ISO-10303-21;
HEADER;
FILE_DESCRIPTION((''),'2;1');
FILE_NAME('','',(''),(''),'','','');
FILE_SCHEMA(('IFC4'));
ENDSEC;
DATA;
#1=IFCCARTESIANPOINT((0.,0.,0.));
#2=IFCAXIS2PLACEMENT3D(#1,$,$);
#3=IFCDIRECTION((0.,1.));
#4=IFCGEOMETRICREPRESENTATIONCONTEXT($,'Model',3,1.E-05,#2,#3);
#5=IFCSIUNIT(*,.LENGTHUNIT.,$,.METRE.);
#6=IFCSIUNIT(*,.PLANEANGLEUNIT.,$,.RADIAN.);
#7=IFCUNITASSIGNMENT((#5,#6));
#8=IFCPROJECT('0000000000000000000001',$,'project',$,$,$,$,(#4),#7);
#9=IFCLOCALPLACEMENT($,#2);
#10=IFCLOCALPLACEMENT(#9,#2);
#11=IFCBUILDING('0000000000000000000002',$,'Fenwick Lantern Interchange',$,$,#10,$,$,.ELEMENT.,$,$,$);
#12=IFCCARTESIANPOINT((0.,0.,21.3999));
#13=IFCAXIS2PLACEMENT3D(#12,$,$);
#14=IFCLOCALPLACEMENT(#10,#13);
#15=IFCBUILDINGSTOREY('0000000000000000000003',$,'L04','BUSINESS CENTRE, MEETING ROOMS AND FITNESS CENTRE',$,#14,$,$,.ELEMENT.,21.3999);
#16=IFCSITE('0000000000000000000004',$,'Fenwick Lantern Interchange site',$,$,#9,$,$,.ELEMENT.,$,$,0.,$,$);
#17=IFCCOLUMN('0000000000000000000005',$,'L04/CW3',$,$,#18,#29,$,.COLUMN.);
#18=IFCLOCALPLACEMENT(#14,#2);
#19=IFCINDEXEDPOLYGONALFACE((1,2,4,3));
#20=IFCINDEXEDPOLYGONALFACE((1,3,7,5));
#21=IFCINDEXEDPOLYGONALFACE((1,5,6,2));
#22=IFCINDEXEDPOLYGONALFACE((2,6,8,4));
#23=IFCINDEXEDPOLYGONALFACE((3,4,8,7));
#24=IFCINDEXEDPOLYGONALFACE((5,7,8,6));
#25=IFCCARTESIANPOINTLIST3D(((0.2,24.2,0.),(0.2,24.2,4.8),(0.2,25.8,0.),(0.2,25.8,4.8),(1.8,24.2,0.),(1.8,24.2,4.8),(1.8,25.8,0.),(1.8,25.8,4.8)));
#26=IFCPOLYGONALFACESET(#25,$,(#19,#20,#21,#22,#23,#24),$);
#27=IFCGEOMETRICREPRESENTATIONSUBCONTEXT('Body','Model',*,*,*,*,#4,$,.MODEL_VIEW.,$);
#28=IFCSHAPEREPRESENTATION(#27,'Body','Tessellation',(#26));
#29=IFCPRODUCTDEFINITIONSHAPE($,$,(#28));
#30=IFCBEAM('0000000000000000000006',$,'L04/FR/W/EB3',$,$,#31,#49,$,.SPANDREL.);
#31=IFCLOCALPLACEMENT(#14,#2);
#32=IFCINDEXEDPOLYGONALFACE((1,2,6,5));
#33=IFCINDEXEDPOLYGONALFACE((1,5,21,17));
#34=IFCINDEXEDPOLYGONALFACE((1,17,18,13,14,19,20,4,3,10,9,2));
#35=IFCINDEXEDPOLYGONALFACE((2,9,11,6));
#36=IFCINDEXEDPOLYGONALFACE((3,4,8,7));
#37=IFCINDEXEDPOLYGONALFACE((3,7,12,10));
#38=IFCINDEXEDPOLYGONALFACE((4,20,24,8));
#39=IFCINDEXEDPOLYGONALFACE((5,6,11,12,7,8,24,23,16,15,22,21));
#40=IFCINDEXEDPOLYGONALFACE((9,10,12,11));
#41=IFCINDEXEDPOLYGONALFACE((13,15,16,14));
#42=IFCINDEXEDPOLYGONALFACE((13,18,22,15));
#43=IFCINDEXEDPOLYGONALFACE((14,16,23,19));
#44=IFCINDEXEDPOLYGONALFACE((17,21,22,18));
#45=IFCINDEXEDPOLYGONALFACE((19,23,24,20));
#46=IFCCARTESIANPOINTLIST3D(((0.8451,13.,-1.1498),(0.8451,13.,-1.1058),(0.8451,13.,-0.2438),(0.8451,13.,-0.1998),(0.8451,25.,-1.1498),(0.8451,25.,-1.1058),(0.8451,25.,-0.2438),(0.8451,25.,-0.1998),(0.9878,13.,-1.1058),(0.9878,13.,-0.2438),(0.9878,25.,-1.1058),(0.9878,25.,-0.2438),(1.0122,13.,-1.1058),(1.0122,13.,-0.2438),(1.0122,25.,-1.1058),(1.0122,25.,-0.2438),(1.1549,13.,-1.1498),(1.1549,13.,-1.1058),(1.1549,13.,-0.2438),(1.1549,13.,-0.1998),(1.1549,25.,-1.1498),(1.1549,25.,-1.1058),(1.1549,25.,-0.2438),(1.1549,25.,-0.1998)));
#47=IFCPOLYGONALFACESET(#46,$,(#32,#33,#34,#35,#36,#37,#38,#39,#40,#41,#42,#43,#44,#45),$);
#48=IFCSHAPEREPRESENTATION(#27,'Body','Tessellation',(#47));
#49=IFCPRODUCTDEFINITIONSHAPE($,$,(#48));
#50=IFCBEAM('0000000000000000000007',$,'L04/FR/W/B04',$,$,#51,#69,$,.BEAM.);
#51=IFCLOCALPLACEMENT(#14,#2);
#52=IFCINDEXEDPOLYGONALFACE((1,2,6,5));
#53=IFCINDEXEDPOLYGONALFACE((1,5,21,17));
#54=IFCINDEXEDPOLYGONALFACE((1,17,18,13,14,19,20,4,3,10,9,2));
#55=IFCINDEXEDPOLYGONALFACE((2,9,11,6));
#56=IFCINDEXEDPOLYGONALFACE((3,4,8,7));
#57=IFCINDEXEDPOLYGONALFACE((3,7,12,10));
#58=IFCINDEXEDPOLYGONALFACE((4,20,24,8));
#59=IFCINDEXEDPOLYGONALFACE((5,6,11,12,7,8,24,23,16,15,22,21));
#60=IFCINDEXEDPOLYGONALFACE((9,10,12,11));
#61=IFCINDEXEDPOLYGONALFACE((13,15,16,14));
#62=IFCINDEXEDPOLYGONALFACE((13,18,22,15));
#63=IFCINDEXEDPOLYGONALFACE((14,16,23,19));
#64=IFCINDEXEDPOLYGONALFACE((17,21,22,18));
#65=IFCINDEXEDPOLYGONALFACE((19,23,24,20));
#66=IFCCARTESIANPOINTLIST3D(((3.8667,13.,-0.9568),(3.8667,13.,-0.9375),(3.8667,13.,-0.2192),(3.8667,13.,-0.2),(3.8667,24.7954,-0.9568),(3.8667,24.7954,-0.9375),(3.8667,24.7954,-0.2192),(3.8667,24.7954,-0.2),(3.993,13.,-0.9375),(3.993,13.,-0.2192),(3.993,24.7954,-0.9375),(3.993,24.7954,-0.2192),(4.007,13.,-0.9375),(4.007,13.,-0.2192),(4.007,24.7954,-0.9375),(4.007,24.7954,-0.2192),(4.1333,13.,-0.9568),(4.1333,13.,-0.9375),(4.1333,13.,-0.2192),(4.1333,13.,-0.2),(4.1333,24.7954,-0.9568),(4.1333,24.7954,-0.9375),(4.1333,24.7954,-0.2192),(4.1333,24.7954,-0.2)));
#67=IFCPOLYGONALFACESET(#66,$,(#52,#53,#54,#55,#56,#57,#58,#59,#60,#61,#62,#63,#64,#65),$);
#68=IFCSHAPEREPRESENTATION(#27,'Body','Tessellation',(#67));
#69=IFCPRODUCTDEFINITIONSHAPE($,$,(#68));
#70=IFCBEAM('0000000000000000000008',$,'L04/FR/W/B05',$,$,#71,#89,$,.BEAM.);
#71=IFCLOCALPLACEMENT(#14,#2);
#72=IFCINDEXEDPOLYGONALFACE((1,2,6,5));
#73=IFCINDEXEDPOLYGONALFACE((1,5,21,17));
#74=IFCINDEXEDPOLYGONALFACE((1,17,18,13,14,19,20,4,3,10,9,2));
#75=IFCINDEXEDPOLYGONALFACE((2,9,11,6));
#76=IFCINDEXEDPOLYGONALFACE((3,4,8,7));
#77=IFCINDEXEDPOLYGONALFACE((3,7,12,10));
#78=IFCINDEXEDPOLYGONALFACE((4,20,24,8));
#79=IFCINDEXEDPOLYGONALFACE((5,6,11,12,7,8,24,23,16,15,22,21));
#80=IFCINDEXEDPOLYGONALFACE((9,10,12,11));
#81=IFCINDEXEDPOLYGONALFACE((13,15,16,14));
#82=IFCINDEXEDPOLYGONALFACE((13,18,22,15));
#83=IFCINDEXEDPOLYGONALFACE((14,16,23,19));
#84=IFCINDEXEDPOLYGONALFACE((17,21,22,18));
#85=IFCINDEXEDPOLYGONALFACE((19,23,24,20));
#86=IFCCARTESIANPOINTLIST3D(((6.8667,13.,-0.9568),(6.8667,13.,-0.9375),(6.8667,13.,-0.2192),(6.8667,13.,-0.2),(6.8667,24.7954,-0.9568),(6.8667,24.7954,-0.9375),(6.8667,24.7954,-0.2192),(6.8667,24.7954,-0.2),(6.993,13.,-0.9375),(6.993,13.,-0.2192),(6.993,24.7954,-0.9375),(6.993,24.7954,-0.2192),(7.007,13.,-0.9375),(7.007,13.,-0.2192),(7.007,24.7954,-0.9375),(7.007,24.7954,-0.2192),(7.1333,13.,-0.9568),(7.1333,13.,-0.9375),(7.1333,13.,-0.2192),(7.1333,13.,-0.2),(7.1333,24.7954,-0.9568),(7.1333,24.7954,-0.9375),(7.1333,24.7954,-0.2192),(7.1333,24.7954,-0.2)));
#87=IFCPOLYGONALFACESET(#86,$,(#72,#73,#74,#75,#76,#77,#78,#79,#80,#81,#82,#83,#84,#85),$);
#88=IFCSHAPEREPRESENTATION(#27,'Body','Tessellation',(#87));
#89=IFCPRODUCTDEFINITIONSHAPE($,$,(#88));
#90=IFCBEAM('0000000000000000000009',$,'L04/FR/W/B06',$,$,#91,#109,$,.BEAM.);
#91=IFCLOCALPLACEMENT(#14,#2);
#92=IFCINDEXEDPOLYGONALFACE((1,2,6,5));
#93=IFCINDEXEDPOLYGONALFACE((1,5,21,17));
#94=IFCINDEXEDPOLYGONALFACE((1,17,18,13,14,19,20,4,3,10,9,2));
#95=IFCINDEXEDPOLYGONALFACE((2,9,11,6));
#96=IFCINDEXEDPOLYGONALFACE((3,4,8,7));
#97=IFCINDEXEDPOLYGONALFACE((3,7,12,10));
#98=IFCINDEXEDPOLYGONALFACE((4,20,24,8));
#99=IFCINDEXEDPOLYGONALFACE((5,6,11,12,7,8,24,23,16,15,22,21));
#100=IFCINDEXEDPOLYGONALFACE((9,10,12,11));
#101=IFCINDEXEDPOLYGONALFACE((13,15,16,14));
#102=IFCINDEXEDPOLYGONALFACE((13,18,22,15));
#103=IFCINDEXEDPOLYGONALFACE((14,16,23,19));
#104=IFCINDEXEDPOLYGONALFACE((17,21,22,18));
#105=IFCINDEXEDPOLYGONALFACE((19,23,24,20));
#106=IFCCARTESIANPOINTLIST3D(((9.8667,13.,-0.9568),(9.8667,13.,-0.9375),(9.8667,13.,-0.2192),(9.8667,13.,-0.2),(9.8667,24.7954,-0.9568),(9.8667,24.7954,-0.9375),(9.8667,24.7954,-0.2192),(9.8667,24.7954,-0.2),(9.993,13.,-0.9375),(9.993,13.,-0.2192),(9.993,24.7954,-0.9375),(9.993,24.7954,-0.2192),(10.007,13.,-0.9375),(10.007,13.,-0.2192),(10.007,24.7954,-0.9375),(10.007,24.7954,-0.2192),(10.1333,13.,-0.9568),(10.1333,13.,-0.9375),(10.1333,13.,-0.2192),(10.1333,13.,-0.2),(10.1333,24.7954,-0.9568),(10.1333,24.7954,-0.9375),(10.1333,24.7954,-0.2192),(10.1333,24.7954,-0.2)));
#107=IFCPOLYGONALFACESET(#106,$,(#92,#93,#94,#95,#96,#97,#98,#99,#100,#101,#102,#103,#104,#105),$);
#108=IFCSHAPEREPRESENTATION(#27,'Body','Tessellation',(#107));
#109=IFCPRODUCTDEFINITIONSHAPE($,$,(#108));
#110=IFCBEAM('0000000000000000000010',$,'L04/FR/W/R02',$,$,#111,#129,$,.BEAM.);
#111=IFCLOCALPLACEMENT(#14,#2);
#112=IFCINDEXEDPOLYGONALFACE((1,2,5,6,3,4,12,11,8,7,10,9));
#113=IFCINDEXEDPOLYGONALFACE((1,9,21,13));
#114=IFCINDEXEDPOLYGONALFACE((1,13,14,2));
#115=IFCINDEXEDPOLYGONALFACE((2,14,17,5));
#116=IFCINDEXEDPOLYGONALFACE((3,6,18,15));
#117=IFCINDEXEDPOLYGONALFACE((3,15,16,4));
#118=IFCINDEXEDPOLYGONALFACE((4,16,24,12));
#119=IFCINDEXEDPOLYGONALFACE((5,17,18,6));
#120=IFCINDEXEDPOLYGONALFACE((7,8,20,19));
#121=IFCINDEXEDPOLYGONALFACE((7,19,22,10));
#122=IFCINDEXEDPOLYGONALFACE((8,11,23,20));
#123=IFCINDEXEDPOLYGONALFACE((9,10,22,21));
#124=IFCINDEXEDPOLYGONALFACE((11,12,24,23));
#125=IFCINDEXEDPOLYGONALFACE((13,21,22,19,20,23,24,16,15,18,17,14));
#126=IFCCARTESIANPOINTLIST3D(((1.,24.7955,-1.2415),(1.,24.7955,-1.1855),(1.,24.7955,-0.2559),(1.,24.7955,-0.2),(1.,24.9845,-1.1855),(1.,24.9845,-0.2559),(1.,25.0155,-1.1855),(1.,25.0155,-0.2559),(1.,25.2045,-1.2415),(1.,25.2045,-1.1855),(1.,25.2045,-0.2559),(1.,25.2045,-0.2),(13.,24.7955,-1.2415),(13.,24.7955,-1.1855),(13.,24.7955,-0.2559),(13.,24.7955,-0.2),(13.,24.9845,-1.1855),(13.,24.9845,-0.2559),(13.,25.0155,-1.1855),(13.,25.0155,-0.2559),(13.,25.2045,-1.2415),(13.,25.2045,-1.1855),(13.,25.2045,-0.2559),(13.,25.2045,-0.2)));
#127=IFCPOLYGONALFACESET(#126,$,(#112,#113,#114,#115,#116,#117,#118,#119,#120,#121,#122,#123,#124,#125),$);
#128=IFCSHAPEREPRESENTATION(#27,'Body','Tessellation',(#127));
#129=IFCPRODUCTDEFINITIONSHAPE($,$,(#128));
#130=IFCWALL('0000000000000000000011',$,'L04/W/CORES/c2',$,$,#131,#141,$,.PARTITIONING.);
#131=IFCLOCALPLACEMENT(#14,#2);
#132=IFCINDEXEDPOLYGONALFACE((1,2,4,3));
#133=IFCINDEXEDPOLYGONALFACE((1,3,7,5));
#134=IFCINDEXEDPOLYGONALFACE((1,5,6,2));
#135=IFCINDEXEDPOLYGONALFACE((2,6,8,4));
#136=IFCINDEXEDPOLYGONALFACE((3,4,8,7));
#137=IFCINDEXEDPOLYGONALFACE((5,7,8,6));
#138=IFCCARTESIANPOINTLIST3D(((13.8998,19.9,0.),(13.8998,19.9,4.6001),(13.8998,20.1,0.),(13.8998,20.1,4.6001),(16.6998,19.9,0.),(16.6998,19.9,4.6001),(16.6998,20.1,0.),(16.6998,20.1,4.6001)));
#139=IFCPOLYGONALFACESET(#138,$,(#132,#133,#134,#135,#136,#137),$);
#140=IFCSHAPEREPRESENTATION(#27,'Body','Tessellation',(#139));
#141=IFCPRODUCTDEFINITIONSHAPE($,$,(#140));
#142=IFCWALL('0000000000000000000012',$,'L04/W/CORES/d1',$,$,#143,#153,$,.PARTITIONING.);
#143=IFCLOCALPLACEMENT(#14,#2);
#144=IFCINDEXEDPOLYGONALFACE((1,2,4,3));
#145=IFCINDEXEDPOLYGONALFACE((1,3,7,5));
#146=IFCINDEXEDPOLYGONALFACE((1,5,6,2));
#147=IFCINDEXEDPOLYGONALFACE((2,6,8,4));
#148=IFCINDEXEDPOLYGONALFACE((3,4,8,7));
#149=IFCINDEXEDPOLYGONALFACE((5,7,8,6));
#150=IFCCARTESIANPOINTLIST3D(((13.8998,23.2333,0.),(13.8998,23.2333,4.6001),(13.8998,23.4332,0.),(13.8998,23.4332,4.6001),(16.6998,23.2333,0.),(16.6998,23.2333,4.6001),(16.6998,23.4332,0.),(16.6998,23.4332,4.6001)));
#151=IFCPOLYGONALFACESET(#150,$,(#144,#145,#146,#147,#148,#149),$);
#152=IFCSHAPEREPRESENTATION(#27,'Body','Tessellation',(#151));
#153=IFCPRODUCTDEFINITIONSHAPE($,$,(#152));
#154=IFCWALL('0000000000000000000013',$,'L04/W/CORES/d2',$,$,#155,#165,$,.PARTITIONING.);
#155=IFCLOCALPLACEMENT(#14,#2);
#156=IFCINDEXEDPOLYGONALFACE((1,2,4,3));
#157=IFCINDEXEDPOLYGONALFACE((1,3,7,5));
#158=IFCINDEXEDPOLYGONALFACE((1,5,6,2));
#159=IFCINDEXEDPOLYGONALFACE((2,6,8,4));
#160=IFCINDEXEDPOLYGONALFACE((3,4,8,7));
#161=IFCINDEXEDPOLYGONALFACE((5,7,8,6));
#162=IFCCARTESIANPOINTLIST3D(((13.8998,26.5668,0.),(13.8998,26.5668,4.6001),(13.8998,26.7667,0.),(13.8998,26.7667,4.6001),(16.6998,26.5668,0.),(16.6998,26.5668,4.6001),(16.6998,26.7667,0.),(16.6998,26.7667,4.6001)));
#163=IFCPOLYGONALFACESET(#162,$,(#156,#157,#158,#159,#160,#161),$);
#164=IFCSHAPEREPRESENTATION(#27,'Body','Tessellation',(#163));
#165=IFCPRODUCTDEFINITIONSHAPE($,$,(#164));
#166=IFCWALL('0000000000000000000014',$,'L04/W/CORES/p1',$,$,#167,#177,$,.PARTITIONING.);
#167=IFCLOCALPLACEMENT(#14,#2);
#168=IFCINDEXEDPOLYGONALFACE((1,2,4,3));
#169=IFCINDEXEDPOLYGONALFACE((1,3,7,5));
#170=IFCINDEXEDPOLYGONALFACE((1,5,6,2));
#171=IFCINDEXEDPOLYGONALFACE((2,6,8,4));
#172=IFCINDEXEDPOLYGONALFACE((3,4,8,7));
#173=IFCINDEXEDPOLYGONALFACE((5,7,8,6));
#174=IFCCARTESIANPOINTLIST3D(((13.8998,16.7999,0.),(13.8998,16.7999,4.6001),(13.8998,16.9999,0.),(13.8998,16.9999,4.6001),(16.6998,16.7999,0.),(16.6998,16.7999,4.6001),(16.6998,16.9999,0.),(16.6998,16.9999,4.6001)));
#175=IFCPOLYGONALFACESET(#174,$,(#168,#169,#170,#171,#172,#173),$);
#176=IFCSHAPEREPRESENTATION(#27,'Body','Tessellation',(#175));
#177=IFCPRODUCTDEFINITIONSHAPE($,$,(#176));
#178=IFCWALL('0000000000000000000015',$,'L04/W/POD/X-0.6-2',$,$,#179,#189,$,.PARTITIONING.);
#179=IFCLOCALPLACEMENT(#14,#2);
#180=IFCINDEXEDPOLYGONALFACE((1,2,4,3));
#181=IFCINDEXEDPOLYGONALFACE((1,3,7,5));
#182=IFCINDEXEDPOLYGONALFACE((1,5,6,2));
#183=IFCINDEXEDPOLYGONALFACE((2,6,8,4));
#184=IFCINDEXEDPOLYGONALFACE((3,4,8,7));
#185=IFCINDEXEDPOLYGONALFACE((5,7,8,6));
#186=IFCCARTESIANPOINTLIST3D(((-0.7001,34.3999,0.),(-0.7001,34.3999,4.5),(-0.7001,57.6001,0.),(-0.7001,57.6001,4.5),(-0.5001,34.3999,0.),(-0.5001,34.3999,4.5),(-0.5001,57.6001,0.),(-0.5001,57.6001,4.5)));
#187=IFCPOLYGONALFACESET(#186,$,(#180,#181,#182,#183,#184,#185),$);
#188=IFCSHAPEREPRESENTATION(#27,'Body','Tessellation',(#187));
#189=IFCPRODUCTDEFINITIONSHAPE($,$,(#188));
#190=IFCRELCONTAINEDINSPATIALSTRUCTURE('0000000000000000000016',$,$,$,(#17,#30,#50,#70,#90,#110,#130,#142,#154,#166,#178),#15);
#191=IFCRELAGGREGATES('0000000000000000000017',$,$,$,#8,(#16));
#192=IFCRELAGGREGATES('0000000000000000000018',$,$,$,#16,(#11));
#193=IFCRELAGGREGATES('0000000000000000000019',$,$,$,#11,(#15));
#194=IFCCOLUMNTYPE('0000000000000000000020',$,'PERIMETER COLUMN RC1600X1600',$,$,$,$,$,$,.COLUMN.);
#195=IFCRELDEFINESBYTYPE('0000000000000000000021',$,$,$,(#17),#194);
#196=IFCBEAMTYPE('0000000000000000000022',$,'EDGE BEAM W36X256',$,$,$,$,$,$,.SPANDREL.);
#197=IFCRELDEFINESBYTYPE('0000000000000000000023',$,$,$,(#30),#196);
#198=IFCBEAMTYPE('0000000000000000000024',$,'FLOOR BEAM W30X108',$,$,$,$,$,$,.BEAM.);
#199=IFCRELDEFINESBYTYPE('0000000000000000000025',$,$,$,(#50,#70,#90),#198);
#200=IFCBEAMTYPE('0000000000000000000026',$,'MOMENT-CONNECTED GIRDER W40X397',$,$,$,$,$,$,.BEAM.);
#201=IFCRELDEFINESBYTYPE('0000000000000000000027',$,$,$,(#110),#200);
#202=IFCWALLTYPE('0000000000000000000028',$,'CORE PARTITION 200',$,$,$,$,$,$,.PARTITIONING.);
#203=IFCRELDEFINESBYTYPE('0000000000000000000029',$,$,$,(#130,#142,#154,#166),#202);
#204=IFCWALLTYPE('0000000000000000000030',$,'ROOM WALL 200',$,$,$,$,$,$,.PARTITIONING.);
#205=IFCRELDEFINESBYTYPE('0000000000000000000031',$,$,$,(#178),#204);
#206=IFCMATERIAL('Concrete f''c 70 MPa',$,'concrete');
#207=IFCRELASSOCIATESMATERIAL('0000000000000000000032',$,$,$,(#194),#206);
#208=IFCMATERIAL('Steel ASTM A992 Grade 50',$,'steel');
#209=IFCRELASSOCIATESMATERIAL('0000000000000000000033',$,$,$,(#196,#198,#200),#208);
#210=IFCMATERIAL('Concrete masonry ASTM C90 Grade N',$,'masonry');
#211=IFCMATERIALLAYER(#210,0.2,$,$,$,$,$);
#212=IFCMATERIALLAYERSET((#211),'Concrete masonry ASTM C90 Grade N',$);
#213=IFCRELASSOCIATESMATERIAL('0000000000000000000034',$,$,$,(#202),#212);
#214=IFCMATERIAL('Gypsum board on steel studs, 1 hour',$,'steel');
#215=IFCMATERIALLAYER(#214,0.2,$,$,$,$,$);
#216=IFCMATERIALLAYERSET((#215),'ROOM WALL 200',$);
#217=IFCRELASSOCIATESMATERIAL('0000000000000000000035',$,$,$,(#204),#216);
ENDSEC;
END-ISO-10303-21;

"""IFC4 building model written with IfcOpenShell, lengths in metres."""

from ifc_helpers import new_model, si_unit, direction, frame, frame_2d, origin, origin_2d, place, context, subcontext, project, spatial, rectangle, i_section, extrude, material, layer, layer_set, material_profile, profile_set, type_object, element, save


model = new_model("IFC4")

# Units and contexts
model_context = context("Model", 3, precision=1e-05, world=origin(), true_north=direction((0.0, 1.0)))
body_context = subcontext(model_context, "Body", "Model", "MODEL_VIEW")
ifc_project = project(units=[si_unit("LENGTHUNIT", "METRE"), si_unit("PLANEANGLEUNIT", "RADIAN")], contexts=[model_context])

# Site, building, storey
site_placement = place(None, origin())
site = spatial("IfcSite", under=ifc_project, at=site_placement, Name="Fenwick Lantern Interchange site", CompositionType="ELEMENT", RefElevation=0.0)
building_placement = place(site_placement, origin())
building = spatial("IfcBuilding", under=site, at=building_placement, Name="Fenwick Lantern Interchange", CompositionType="ELEMENT")
storey_placement = place(building_placement, frame((0.0, 0.0, 21.3999)))
storey = spatial("IfcBuildingStorey", under=building, at=storey_placement, Name="L04", Description="BUSINESS CENTRE, MEETING ROOMS AND FITNESS CENTRE", CompositionType="ELEMENT", Elevation=21.3999)

# Column
ifc_material_1 = material(Name="Concrete f'c 70 MPa", Category="concrete")
ifc_material_profile_1 = material_profile(ifc_material_1, rectangle(XDim=1.6001, YDim=1.6001, at=origin_2d()), Name="RC1600X1600")
ifc_profile_set_1 = profile_set([ifc_material_profile_1], Name="Concrete f'c 70 MPa")
column_type = type_object("IfcColumnType", Name="PERIMETER COLUMN RC1600X1600", PredefinedType="COLUMN", material=ifc_profile_set_1)
column_placement = place(storey_placement, frame((1.0, 25.0, 0.0), z_axis=(0.0, 0.0, 1.0), x_axis=(1.0, 0.0, 0.0)))
element("IfcColumn", 1, at=column_placement, inside=storey, type_object=column_type, Name="L04/CW3", PredefinedType="COLUMN", context=body_context, shape_type="SweptSolid", body=[
    extrude(rectangle(XDim=1.6001, YDim=1.6001, at=origin_2d()), origin(), (0.0, 0.0, 1.0), 4.8),
])

# Beams
ifc_material_2 = material(Name="Steel ASTM A992 Grade 50", Category="steel")
ifc_material_profile_2 = material_profile(ifc_material_2, i_section(OverallWidth=0.3098, OverallDepth=0.95, WebThickness=0.0244, FlangeThickness=0.0439, at=origin_2d()), Name="W36X256")
ifc_profile_set_2 = profile_set([ifc_material_profile_2], Name="Steel ASTM A992 Grade 50")
beam_type_1 = type_object("IfcBeamType", Name="EDGE BEAM W36X256", PredefinedType="SPANDREL", material=ifc_profile_set_2)
beam_1_placement = place(storey_placement, frame((1.0, 25.0, -0.6748), z_axis=(0.0, -1.0, 0.0), x_axis=(1.0, 0.0, 0.0)))
element("IfcBeam", 2, at=beam_1_placement, inside=storey, type_object=beam_type_1, Name="L04/FR/W/EB3", PredefinedType="SPANDREL", context=body_context, shape_type="SweptSolid", body=[
    extrude(i_section(OverallWidth=0.3098, OverallDepth=0.95, WebThickness=0.0244, FlangeThickness=0.0439, at=origin_2d()), origin(), (0.0, 0.0, 1.0), 12.0),
])
ifc_material_profile_3 = material_profile(ifc_material_2, i_section(OverallWidth=0.2666, OverallDepth=0.7568, WebThickness=0.0139, FlangeThickness=0.0193, at=origin_2d()), Name="W30X108")
ifc_profile_set_3 = profile_set([ifc_material_profile_3], Name="Steel ASTM A992 Grade 50")
beam_type_2 = type_object("IfcBeamType", Name="FLOOR BEAM W30X108", PredefinedType="BEAM", material=ifc_profile_set_3)
for number, where, z_axis, x_axis, name in (
    (3, (4.0, 24.7954, -0.5784), (0.0, -1.0, 0.0), (1.0, 0.0, 0.0), "L04/FR/W/B04"),
    (4, (7.0, 24.7954, -0.5784), (0.0, -1.0, 0.0), (1.0, 0.0, 0.0), "L04/FR/W/B05"),
    (5, (10.0, 24.7954, -0.5784), (0.0, -1.0, 0.0), (1.0, 0.0, 0.0), "L04/FR/W/B06"),
):
    element("IfcBeam", number, at=place(storey_placement, frame(where, z_axis=z_axis, x_axis=x_axis)), inside=storey, type_object=beam_type_2, Name=name, PredefinedType="BEAM", context=body_context, shape_type="SweptSolid", body=[
        extrude(i_section(OverallWidth=0.2666, OverallDepth=0.7568, WebThickness=0.0139, FlangeThickness=0.0193, at=origin_2d()), origin(), (0.0, 0.0, 1.0), 11.7954),
    ])
ifc_material_profile_4 = material_profile(ifc_material_2, i_section(OverallWidth=0.4089, OverallDepth=1.0415, WebThickness=0.031, FlangeThickness=0.0559, at=origin_2d()), Name="W40X397")
ifc_profile_set_4 = profile_set([ifc_material_profile_4], Name="Steel ASTM A992 Grade 50")
beam_type_3 = type_object("IfcBeamType", Name="MOMENT-CONNECTED GIRDER W40X397", PredefinedType="BEAM", material=ifc_profile_set_4)
beam_2_placement = place(storey_placement, frame((1.0, 25.0, -0.7207), z_axis=(1.0, 0.0, 0.0), x_axis=(0.0, 1.0, 0.0)))
element("IfcBeam", 6, at=beam_2_placement, inside=storey, type_object=beam_type_3, Name="L04/FR/W/R02", PredefinedType="BEAM", context=body_context, shape_type="SweptSolid", body=[
    extrude(i_section(OverallWidth=0.4089, OverallDepth=1.0415, WebThickness=0.031, FlangeThickness=0.0559, at=origin_2d()), origin(), (0.0, 0.0, 1.0), 12.0),
])

# Walls
ifc_material_3 = material(Name="Concrete masonry ASTM C90 Grade N", Category="masonry")
ifc_layer_1 = layer(ifc_material_3, 0.2)
ifc_layer_set_1 = layer_set([ifc_layer_1], Name="Concrete masonry ASTM C90 Grade N")
wall_type_1 = type_object("IfcWallType", Name="CORE PARTITION 200", PredefinedType="PARTITIONING", material=ifc_layer_set_1)
for number, where, z_axis, x_axis, name in (
    (7, (13.8999, 20.0, 0.0), (0.0, 0.0, 1.0), (1.0, 0.0, 0.0), "L04/W/CORES/c2"),
    (8, (13.8999, 23.3333, 0.0), (0.0, 0.0, 1.0), (1.0, 0.0, 0.0), "L04/W/CORES/d1"),
    (9, (13.8999, 26.6667, 0.0), (0.0, 0.0, 1.0), (1.0, 0.0, 0.0), "L04/W/CORES/d2"),
    (10, (13.8999, 16.8999, 0.0), (0.0, 0.0, 1.0), (1.0, 0.0, 0.0), "L04/W/CORES/p1"),
):
    element("IfcWall", number, at=place(storey_placement, frame(where, z_axis=z_axis, x_axis=x_axis)), inside=storey, type_object=wall_type_1, Name=name, PredefinedType="PARTITIONING", context=body_context, shape_type="SweptSolid", body=[
        extrude(rectangle(XDim=2.8, YDim=0.2, at=frame_2d((1.3999, 0.0))), origin(), (0.0, 0.0, 1.0), 4.6001),
    ])

# Wall
ifc_material_4 = material(Name="Gypsum board on steel studs, 1 hour", Category="steel")
ifc_layer_2 = layer(ifc_material_4, 0.2)
ifc_layer_set_2 = layer_set([ifc_layer_2], Name="ROOM WALL 200")
wall_type_2 = type_object("IfcWallType", Name="ROOM WALL 200", PredefinedType="PARTITIONING", material=ifc_layer_set_2)
wall_1_placement = place(storey_placement, frame((-0.6001, 34.3999, 0.0), z_axis=(0.0, 0.0, 1.0), x_axis=(0.0, 1.0, 0.0)))
element("IfcWall", 11, at=wall_1_placement, inside=storey, type_object=wall_type_2, Name="L04/W/POD/X-0.6-2", PredefinedType="PARTITIONING", context=body_context, shape_type="SweptSolid", body=[
    extrude(rectangle(XDim=23.2002, YDim=0.2, at=frame_2d((11.6001, 0.0))), origin(), (0.0, 0.0, 1.0), 4.5),
])

save(model, "model.ifc")
